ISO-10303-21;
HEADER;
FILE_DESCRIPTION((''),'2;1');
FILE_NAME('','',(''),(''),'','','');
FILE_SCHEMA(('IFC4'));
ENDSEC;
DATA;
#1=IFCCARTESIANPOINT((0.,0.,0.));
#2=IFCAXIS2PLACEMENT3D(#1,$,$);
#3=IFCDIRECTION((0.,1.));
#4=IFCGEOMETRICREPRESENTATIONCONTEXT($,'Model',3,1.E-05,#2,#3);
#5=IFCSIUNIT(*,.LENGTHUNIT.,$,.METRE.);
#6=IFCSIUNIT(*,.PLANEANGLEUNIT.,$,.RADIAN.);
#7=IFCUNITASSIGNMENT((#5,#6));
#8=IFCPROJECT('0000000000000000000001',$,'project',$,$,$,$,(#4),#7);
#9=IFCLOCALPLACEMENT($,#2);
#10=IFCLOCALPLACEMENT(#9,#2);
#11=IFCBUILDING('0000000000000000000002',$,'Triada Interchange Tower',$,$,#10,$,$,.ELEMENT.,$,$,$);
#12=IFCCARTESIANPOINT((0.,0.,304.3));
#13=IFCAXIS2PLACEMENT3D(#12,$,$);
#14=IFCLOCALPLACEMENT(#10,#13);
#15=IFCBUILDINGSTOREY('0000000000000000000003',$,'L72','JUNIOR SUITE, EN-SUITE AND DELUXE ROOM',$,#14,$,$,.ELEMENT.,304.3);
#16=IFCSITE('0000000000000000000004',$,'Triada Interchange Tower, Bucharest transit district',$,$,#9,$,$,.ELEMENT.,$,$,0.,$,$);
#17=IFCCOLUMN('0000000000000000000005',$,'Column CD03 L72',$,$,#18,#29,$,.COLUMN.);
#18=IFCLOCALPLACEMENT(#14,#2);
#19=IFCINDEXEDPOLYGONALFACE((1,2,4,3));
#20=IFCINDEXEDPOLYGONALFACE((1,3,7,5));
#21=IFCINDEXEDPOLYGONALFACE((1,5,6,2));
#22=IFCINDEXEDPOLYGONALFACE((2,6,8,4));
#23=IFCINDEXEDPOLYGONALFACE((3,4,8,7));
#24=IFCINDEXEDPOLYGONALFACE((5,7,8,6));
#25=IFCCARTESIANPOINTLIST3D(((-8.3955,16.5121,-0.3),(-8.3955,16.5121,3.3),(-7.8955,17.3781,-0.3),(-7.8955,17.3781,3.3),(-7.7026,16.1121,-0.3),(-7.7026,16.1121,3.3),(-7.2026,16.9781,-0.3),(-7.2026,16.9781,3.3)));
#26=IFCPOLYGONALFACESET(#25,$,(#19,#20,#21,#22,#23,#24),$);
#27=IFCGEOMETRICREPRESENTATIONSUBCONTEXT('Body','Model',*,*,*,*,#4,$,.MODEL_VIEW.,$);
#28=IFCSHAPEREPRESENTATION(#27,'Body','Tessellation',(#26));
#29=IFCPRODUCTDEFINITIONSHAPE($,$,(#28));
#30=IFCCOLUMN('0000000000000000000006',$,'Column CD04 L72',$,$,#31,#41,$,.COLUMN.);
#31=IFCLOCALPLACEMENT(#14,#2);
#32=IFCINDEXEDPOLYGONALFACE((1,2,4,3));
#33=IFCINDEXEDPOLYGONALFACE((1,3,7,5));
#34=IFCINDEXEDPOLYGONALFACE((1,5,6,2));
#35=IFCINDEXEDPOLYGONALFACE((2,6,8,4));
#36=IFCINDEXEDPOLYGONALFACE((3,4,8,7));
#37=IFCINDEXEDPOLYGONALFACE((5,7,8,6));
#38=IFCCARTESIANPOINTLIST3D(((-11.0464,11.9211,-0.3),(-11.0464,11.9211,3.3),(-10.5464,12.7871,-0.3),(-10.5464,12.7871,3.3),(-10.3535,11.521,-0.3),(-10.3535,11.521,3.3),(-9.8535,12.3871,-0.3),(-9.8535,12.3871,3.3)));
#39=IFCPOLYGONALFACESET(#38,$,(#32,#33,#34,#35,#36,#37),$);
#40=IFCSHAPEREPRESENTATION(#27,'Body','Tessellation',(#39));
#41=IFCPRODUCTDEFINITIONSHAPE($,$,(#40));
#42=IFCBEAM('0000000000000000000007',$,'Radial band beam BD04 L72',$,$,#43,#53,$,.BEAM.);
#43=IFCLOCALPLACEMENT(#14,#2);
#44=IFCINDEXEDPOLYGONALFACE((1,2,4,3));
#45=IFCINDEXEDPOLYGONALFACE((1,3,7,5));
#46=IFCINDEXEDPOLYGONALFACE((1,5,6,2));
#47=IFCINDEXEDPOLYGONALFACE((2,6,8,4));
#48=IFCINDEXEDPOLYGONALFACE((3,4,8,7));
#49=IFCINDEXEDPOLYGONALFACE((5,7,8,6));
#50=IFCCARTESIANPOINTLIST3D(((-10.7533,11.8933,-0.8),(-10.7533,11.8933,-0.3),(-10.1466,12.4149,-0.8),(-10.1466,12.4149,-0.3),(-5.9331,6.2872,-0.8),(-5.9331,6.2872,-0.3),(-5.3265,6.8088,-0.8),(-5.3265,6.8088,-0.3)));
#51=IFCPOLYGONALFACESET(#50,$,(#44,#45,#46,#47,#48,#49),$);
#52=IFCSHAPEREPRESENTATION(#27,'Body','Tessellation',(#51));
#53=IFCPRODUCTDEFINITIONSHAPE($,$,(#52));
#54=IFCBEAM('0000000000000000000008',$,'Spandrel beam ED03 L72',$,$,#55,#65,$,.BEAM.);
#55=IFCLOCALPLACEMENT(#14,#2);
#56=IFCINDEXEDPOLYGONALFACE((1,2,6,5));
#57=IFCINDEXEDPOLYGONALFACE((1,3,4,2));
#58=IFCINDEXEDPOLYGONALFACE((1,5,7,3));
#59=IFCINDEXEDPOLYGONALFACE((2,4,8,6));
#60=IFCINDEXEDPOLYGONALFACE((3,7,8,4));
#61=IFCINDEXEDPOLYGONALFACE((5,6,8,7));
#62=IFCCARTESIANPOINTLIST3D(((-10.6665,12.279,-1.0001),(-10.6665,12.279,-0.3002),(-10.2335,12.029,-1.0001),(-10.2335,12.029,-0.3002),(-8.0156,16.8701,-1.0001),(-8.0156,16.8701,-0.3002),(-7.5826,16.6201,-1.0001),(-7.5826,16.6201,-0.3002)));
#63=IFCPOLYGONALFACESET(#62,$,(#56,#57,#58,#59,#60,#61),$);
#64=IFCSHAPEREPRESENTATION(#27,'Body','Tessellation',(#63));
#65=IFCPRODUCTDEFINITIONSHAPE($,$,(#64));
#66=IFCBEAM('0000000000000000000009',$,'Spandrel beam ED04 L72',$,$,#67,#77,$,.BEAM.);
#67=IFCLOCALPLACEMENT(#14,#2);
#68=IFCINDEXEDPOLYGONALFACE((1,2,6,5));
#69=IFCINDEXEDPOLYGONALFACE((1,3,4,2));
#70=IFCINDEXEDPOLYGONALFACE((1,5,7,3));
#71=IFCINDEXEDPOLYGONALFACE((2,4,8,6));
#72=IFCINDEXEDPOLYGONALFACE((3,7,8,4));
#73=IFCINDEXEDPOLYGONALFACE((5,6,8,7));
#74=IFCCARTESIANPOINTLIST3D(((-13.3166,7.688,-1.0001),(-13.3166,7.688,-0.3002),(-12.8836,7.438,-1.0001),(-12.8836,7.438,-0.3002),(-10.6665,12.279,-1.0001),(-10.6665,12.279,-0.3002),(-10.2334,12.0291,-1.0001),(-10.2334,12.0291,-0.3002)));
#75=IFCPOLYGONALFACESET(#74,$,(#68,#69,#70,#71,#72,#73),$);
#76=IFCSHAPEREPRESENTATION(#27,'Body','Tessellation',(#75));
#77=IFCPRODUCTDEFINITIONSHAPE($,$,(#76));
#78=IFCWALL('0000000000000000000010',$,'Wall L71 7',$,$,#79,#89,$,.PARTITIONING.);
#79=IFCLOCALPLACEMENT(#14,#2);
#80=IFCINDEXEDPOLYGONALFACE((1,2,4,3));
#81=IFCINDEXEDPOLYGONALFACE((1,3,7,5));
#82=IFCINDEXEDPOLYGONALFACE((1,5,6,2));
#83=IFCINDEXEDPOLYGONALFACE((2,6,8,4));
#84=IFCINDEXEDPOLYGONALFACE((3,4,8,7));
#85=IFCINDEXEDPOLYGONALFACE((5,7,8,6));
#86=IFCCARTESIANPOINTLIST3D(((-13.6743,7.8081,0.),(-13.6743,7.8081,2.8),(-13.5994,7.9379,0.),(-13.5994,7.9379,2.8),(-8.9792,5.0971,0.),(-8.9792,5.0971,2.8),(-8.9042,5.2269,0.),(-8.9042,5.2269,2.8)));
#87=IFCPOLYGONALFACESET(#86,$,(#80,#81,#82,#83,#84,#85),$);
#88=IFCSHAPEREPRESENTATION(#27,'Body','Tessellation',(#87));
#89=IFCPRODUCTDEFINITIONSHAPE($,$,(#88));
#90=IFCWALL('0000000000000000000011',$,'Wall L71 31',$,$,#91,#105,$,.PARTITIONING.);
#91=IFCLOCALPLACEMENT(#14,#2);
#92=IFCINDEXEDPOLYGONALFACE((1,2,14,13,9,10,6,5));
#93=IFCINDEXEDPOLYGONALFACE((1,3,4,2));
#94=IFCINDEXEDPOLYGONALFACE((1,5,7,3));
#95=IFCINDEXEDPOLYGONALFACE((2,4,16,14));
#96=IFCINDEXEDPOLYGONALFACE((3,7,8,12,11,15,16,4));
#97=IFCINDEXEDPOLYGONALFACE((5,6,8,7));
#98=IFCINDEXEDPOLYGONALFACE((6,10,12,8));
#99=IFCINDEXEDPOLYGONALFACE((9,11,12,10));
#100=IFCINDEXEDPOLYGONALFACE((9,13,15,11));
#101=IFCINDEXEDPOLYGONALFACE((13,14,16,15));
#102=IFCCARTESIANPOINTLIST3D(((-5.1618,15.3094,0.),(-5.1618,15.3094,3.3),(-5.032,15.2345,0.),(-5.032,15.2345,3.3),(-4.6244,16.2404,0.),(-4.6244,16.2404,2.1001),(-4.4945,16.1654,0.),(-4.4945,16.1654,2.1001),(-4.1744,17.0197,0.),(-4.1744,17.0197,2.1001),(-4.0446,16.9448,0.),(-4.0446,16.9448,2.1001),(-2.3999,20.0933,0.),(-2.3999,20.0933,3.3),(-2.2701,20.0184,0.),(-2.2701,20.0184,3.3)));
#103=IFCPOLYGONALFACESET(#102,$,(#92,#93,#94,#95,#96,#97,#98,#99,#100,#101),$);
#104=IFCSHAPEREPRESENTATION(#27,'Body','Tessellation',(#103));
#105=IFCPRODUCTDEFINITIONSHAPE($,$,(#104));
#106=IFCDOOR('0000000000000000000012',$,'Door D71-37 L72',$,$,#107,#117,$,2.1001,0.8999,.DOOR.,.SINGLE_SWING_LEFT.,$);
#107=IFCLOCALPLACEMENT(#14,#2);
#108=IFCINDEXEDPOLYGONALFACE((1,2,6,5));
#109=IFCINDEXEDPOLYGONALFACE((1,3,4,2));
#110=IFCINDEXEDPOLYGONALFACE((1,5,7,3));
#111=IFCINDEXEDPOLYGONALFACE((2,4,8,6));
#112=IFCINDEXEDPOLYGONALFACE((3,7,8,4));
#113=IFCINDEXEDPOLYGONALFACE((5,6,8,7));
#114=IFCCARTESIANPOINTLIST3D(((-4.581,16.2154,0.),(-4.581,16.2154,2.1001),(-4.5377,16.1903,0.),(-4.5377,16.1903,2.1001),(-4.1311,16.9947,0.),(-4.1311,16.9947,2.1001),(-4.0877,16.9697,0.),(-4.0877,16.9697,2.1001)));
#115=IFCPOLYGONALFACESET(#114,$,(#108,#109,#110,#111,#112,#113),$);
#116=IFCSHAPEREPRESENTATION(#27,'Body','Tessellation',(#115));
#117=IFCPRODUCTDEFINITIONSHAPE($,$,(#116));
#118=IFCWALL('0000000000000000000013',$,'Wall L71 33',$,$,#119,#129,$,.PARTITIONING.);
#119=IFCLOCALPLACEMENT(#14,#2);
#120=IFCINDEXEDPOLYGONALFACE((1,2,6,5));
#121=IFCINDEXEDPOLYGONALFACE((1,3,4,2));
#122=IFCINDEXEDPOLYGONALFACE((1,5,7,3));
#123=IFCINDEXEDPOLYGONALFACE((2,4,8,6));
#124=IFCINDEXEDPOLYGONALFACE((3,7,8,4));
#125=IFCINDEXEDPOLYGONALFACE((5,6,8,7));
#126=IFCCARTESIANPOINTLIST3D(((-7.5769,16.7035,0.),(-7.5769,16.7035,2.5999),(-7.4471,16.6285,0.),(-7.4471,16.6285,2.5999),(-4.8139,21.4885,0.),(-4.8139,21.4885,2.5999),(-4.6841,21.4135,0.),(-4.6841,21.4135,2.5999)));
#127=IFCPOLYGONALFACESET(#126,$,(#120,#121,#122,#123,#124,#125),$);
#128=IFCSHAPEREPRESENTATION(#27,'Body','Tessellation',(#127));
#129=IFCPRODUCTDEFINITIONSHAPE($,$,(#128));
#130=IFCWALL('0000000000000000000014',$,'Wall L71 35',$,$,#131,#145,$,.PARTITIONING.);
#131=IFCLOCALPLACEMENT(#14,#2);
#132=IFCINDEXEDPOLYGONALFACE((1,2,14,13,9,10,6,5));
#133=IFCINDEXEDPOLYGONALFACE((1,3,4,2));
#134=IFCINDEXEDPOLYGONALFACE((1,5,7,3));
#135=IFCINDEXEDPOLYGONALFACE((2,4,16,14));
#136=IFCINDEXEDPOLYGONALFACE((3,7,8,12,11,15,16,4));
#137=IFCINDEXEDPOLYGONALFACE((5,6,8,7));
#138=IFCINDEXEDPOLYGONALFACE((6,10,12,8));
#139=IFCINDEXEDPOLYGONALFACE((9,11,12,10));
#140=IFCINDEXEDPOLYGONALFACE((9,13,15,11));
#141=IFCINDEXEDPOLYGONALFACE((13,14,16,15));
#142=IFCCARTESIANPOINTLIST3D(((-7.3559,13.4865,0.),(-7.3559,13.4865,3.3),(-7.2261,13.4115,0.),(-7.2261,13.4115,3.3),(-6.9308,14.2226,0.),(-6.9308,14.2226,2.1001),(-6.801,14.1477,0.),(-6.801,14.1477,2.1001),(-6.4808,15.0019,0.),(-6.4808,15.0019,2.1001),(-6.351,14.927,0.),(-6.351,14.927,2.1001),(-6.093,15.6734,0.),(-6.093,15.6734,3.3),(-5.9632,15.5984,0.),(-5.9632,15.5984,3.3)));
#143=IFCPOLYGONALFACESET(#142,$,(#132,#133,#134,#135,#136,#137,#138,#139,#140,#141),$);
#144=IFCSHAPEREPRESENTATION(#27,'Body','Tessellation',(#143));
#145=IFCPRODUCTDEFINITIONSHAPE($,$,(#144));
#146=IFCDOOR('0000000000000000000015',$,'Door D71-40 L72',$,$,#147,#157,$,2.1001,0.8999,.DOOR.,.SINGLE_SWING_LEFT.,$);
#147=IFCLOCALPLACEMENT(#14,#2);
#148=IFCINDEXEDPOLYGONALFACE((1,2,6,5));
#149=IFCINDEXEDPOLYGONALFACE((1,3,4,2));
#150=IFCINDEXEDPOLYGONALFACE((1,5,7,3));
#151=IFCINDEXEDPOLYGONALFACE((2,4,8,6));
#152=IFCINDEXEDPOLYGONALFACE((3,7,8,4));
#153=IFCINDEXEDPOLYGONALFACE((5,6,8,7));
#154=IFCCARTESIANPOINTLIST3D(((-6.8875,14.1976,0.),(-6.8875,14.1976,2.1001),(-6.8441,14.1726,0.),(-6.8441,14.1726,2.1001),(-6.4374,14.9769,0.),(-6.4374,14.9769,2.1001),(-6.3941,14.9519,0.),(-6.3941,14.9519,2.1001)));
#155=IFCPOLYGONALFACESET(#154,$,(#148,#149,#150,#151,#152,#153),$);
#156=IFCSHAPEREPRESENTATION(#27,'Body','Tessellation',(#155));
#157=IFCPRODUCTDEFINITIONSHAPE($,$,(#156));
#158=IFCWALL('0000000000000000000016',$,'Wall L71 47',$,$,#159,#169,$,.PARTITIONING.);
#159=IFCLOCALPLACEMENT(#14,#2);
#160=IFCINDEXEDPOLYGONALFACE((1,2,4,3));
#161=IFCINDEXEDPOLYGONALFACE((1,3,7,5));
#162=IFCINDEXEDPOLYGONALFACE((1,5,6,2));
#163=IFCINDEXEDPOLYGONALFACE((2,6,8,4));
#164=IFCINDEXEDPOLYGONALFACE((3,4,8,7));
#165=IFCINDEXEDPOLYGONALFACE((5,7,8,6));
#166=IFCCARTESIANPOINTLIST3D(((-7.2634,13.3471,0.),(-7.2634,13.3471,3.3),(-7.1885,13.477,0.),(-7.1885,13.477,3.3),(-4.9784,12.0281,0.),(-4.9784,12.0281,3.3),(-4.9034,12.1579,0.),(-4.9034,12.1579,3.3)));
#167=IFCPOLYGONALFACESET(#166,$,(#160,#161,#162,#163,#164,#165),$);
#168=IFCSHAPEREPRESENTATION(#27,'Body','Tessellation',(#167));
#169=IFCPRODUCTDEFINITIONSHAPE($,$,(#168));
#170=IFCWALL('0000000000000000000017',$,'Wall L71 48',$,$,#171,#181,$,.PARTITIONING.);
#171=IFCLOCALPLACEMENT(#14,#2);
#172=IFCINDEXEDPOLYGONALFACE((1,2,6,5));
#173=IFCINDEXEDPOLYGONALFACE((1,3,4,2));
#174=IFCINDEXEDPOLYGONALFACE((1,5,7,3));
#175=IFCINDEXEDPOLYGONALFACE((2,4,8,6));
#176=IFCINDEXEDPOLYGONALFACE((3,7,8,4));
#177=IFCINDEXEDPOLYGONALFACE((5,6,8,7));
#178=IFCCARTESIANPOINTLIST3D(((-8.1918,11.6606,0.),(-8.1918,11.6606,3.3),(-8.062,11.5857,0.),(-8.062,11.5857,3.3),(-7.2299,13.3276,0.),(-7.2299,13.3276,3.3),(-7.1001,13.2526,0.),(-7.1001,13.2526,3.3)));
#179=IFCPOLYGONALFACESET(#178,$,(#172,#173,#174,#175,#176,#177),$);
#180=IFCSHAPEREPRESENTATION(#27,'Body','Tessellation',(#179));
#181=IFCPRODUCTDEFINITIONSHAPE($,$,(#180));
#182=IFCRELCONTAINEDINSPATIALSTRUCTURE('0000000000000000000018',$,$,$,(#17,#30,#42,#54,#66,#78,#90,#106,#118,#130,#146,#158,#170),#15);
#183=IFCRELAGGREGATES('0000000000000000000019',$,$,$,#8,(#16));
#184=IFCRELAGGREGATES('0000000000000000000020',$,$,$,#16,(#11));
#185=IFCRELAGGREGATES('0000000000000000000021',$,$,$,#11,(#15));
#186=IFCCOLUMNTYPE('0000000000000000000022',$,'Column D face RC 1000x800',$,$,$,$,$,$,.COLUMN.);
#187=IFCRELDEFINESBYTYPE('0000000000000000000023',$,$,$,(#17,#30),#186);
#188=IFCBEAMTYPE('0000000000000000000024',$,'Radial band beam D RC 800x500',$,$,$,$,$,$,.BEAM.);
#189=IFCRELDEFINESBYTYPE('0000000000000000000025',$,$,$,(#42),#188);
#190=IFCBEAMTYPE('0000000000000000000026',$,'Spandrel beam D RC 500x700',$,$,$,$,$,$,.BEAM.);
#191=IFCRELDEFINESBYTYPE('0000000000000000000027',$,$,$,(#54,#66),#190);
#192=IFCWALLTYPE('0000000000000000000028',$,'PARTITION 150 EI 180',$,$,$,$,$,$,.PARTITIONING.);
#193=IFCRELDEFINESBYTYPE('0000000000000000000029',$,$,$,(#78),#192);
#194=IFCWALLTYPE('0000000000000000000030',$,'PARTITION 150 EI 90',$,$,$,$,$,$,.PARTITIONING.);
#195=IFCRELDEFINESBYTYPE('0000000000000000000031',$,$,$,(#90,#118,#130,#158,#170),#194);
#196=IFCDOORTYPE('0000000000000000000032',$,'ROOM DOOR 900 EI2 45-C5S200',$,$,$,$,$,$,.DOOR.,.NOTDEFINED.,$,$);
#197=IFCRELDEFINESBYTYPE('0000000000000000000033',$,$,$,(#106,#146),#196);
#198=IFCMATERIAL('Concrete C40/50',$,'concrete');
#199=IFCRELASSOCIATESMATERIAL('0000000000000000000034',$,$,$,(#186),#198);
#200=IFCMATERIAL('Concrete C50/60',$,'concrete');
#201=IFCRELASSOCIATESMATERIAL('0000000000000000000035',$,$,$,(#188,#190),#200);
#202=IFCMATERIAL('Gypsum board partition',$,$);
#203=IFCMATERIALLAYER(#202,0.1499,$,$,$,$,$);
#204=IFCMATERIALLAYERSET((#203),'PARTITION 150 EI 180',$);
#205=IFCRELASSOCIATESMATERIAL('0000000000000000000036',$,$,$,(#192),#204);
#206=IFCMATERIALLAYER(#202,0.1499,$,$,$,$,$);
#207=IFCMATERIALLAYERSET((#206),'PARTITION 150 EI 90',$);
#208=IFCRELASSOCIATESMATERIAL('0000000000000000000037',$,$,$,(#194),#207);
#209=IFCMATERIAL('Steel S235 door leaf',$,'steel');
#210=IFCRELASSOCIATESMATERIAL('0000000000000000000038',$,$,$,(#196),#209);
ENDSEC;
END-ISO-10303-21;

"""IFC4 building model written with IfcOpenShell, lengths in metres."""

from ifc_helpers import new_model, si_unit, direction, frame, frame_2d, origin, origin_2d, place, context, subcontext, project, spatial, rectangle, extrude, material, layer, layer_set, material_profile, profile_set, type_object, element, fill, save


model = new_model("IFC4")

# Units and contexts
model_context = context("Model", 3, precision=1e-05, world=origin(), true_north=direction((0.0, 1.0)))
body_context = subcontext(model_context, "Body", "Model", "MODEL_VIEW")
ifc_project = project(units=[si_unit("LENGTHUNIT", "METRE"), si_unit("PLANEANGLEUNIT", "RADIAN")], contexts=[model_context])

# Site, building, storey
site_placement = place(None, origin())
site = spatial("IfcSite", under=ifc_project, at=site_placement, Name="Triada Interchange Tower, Bucharest transit district", CompositionType="ELEMENT", RefElevation=0.0)
building_placement = place(site_placement, origin())
building = spatial("IfcBuilding", under=site, at=building_placement, Name="Triada Interchange Tower", CompositionType="ELEMENT")
storey_placement = place(building_placement, frame((0.0, 0.0, 304.3)))
storey = spatial("IfcBuildingStorey", under=building, at=storey_placement, Name="L72", Description="JUNIOR SUITE, EN-SUITE AND DELUXE ROOM", CompositionType="ELEMENT", Elevation=304.3)

# Columns
ifc_material_1 = material(Name="Concrete C40/50", Category="concrete")
ifc_material_profile_1 = material_profile(ifc_material_1, rectangle(XDim=1.0, YDim=0.8, at=origin_2d()), Name="RC 1000x800")
ifc_profile_set_1 = profile_set([ifc_material_profile_1], Name="Concrete C40/50")
column_type = type_object("IfcColumnType", Name="Column D face RC 1000x800", PredefinedType="COLUMN", material=ifc_profile_set_1)
for number, where, z_axis, x_axis, name in (
    (1, (-7.7991, 16.7451, -0.3), (0.0, 0.0, 1.0), (0.5, 0.866025, 0.0), "Column CD03 L72"),
    (2, (-10.45, 12.1541, -0.3), (0.0, 0.0, 1.0), (0.5, 0.866025, 0.0), "Column CD04 L72"),
):
    element("IfcColumn", number, at=place(storey_placement, frame(where, z_axis=z_axis, x_axis=x_axis)), inside=storey, type_object=column_type, Name=name, PredefinedType="COLUMN", context=body_context, shape_type="SweptSolid", body=[
        extrude(rectangle(XDim=1.0, YDim=0.8, at=origin_2d()), origin(), (0.0, 0.0, 1.0), 3.6001),
    ])

# Beams
ifc_material_2 = material(Name="Concrete C50/60", Category="concrete")
ifc_material_profile_2 = material_profile(ifc_material_2, rectangle(XDim=0.8, YDim=0.5, at=origin_2d()), Name="RC 800x500")
ifc_profile_set_2 = profile_set([ifc_material_profile_2], Name="Concrete C50/60")
beam_type_1 = type_object("IfcBeamType", Name="Radial band beam D RC 800x500", PredefinedType="BEAM", material=ifc_profile_set_2)
beam_1_placement = place(storey_placement, frame((-10.45, 12.1541, -0.55), z_axis=(0.651957, -0.758256, 0.0), x_axis=(0.758256, 0.651957, 0.0)))
element("IfcBeam", 3, at=beam_1_placement, inside=storey, type_object=beam_type_1, Name="Radial band beam BD04 L72", PredefinedType="BEAM", context=body_context, shape_type="SweptSolid", body=[
    extrude(rectangle(XDim=0.8, YDim=0.5, at=origin_2d()), origin(), (0.0, 0.0, 1.0), 7.3933),
])
ifc_material_profile_3 = material_profile(ifc_material_2, rectangle(XDim=0.5, YDim=0.7, at=origin_2d()), Name="RC 500x700")
ifc_profile_set_3 = profile_set([ifc_material_profile_3], Name="Concrete C50/60")
beam_type_2 = type_object("IfcBeamType", Name="Spandrel beam D RC 500x700", PredefinedType="BEAM", material=ifc_profile_set_3)
beam_2_placement = place(storey_placement, frame((-7.7991, 16.7451, -0.6501), z_axis=(-0.500032, -0.866007, 0.0), x_axis=(0.866007, -0.500032, 0.0)))
element("IfcBeam", 4, at=beam_2_placement, inside=storey, type_object=beam_type_2, Name="Spandrel beam ED03 L72", PredefinedType="BEAM", context=body_context, shape_type="SweptSolid", body=[
    extrude(rectangle(XDim=0.5, YDim=0.7, at=origin_2d()), origin(), (0.0, 0.0, 1.0), 5.3015),
])
beam_3_placement = place(storey_placement, frame((-10.45, 12.1541, -0.6501), z_axis=(-0.499928, -0.866067, 0.0), x_axis=(0.866067, -0.499928, 0.0)))
element("IfcBeam", 5, at=beam_3_placement, inside=storey, type_object=beam_type_2, Name="Spandrel beam ED04 L72", PredefinedType="BEAM", context=body_context, shape_type="SweptSolid", body=[
    extrude(rectangle(XDim=0.5, YDim=0.7, at=origin_2d()), origin(), (0.0, 0.0, 1.0), 5.301),
])

# Shared definitions
ifc_material_3 = material(Name="Steel S235 door leaf", Category="steel")

# Wall
ifc_material_4 = material(Name="Gypsum board partition")
ifc_layer_1 = layer(ifc_material_4, 0.1499)
ifc_layer_set_1 = layer_set([ifc_layer_1], Name="PARTITION 150 EI 180")
wall_type_1 = type_object("IfcWallType", Name="PARTITION 150 EI 180", PredefinedType="PARTITIONING", material=ifc_layer_set_1)
wall_1_placement = place(storey_placement, frame((-13.637, 7.873, 0.0), z_axis=(0.0, 0.0, 1.0), x_axis=(0.866006, -0.500033, 0.0)))
element("IfcWall", 6, at=wall_1_placement, inside=storey, type_object=wall_type_1, Name="Wall L71 7", PredefinedType="PARTITIONING", context=body_context, shape_type="SweptSolid", body=[
    extrude(rectangle(XDim=5.4216, YDim=0.1499, at=frame_2d((2.7109, 0.0))), origin(), (0.0, 0.0, 1.0), 2.8),
])

# Wall, opening, door
ifc_layer_2 = layer(ifc_material_4, 0.1499)
ifc_layer_set_2 = layer_set([ifc_layer_2], Name="PARTITION 150 EI 90")
wall_type_2 = type_object("IfcWallType", Name="PARTITION 150 EI 90", PredefinedType="PARTITIONING", material=ifc_layer_set_2)
wall_2_placement = place(storey_placement, frame((-5.0969, 15.272, 0.0), z_axis=(0.0, 0.0, 1.0), x_axis=(0.499994, 0.866029, 0.0)))
wall_2 = element("IfcWall", 7, at=wall_2_placement, inside=storey, type_object=wall_type_2, Name="Wall L71 31", PredefinedType="PARTITIONING", context=body_context, shape_type="SweptSolid", body=[
    extrude(rectangle(XDim=5.5239, YDim=0.1499, at=frame_2d((2.762, 0.0))), origin(), (0.0, 0.0, 1.0), 3.3),
])
opening_1_placement = place(wall_2_placement, frame((1.075, 0.0, 0.0)))
opening_1 = element("IfcOpeningElement", 8, at=opening_1_placement, cuts=wall_2, PredefinedType="OPENING", context=body_context, shape_type="SweptSolid", body=[
    extrude(rectangle(XDim=0.8999, YDim=2.1001, at=frame_2d((0.45, 1.05))), frame((0.0, 0.085, 0.0), z_axis=(0.0, -1.0, 0.0), x_axis=(1.0, 0.0, 0.0)), (0.0, 0.0, 1.0), 0.1699),
])
door_type_1 = type_object("IfcDoorType", Name="ROOM DOOR 900 EI2 45-C5S200", OperationType="NOTDEFINED", PredefinedType="DOOR", material=ifc_material_3)
door_1_placement = place(opening_1_placement, origin())
door_1 = element("IfcDoor", 9, at=door_1_placement, inside=storey, type_object=door_type_1, Name="Door D71-37 L72", OperationType="SINGLE_SWING_LEFT", OverallHeight=2.1001, OverallWidth=0.8999, PredefinedType="DOOR", context=body_context, shape_type="SweptSolid", body=[
    extrude(rectangle(XDim=0.8999, YDim=2.1001, at=frame_2d((0.45, 1.05))), frame((0.0, 0.0249, 0.0), z_axis=(0.0, -1.0, 0.0), x_axis=(1.0, 0.0, 0.0)), (0.0, 0.0, 1.0), 0.05),
])
fill(opening_1, door_1)

# Wall
wall_3_placement = place(storey_placement, frame((-7.512, 16.666, 0.0), z_axis=(0.0, 0.0, 1.0), x_axis=(0.50005, 0.865996, 0.0)))
element("IfcWall", 10, at=wall_3_placement, inside=storey, type_object=wall_type_2, Name="Wall L71 33", PredefinedType="PARTITIONING", context=body_context, shape_type="SweptSolid", body=[
    extrude(rectangle(XDim=5.5254, YDim=0.1499, at=frame_2d((2.7627, 0.0))), origin(), (0.0, 0.0, 1.0), 2.5999),
])

# Wall, opening, door
wall_4_placement = place(storey_placement, frame((-7.291, 13.449, 0.0), z_axis=(0.0, 0.0, 1.0), x_axis=(0.500079, 0.86598, 0.0)))
wall_4 = element("IfcWall", 11, at=wall_4_placement, inside=storey, type_object=wall_type_2, Name="Wall L71 35", PredefinedType="PARTITIONING", context=body_context, shape_type="SweptSolid", body=[
    extrude(rectangle(XDim=2.5254, YDim=0.1499, at=frame_2d((1.2627, 0.0))), origin(), (0.0, 0.0, 1.0), 3.3),
])
opening_2_placement = place(wall_4_placement, frame((0.8501, 0.0, 0.0)))
opening_2 = element("IfcOpeningElement", 12, at=opening_2_placement, cuts=wall_4, PredefinedType="OPENING", context=body_context, shape_type="SweptSolid", body=[
    extrude(rectangle(XDim=0.8999, YDim=2.1001, at=frame_2d((0.45, 1.05))), frame((0.0, 0.085, 0.0), z_axis=(0.0, -1.0, 0.0), x_axis=(1.0, 0.0, 0.0)), (0.0, 0.0, 1.0), 0.1699),
])
door_2_placement = place(opening_2_placement, origin())
door_2 = element("IfcDoor", 13, at=door_2_placement, inside=storey, type_object=door_type_1, Name="Door D71-40 L72", OperationType="SINGLE_SWING_LEFT", OverallHeight=2.1001, OverallWidth=0.8999, PredefinedType="DOOR", context=body_context, shape_type="SweptSolid", body=[
    extrude(rectangle(XDim=0.8999, YDim=2.1001, at=frame_2d((0.45, 1.05))), frame((0.0, 0.0249, 0.0), z_axis=(0.0, -1.0, 0.0), x_axis=(1.0, 0.0, 0.0)), (0.0, 0.0, 1.0), 0.05),
])
fill(opening_2, door_2)

# Walls
wall_5_placement = place(storey_placement, frame((-7.2261, 13.4121, 0.0), z_axis=(0.0, 0.0, 1.0), x_axis=(0.866065, -0.499931, 0.0)))
element("IfcWall", 14, at=wall_5_placement, inside=storey, type_object=wall_type_2, Name="Wall L71 47", PredefinedType="PARTITIONING", context=body_context, shape_type="SweptSolid", body=[
    extrude(rectangle(XDim=2.6384, YDim=0.1499, at=frame_2d((1.3193, 0.0))), origin(), (0.0, 0.0, 1.0), 3.3),
])
wall_6_placement = place(storey_placement, frame((-8.127, 11.623, 0.0), z_axis=(0.0, 0.0, 1.0), x_axis=(0.499796, 0.866143, 0.0)))
element("IfcWall", 15, at=wall_6_placement, inside=storey, type_object=wall_type_2, Name="Wall L71 48", PredefinedType="PARTITIONING", context=body_context, shape_type="SweptSolid", body=[
    extrude(rectangle(XDim=1.9246, YDim=0.1499, at=frame_2d((0.9624, 0.0))), origin(), (0.0, 0.0, 1.0), 3.3),
])

save(model, "model.ifc")
